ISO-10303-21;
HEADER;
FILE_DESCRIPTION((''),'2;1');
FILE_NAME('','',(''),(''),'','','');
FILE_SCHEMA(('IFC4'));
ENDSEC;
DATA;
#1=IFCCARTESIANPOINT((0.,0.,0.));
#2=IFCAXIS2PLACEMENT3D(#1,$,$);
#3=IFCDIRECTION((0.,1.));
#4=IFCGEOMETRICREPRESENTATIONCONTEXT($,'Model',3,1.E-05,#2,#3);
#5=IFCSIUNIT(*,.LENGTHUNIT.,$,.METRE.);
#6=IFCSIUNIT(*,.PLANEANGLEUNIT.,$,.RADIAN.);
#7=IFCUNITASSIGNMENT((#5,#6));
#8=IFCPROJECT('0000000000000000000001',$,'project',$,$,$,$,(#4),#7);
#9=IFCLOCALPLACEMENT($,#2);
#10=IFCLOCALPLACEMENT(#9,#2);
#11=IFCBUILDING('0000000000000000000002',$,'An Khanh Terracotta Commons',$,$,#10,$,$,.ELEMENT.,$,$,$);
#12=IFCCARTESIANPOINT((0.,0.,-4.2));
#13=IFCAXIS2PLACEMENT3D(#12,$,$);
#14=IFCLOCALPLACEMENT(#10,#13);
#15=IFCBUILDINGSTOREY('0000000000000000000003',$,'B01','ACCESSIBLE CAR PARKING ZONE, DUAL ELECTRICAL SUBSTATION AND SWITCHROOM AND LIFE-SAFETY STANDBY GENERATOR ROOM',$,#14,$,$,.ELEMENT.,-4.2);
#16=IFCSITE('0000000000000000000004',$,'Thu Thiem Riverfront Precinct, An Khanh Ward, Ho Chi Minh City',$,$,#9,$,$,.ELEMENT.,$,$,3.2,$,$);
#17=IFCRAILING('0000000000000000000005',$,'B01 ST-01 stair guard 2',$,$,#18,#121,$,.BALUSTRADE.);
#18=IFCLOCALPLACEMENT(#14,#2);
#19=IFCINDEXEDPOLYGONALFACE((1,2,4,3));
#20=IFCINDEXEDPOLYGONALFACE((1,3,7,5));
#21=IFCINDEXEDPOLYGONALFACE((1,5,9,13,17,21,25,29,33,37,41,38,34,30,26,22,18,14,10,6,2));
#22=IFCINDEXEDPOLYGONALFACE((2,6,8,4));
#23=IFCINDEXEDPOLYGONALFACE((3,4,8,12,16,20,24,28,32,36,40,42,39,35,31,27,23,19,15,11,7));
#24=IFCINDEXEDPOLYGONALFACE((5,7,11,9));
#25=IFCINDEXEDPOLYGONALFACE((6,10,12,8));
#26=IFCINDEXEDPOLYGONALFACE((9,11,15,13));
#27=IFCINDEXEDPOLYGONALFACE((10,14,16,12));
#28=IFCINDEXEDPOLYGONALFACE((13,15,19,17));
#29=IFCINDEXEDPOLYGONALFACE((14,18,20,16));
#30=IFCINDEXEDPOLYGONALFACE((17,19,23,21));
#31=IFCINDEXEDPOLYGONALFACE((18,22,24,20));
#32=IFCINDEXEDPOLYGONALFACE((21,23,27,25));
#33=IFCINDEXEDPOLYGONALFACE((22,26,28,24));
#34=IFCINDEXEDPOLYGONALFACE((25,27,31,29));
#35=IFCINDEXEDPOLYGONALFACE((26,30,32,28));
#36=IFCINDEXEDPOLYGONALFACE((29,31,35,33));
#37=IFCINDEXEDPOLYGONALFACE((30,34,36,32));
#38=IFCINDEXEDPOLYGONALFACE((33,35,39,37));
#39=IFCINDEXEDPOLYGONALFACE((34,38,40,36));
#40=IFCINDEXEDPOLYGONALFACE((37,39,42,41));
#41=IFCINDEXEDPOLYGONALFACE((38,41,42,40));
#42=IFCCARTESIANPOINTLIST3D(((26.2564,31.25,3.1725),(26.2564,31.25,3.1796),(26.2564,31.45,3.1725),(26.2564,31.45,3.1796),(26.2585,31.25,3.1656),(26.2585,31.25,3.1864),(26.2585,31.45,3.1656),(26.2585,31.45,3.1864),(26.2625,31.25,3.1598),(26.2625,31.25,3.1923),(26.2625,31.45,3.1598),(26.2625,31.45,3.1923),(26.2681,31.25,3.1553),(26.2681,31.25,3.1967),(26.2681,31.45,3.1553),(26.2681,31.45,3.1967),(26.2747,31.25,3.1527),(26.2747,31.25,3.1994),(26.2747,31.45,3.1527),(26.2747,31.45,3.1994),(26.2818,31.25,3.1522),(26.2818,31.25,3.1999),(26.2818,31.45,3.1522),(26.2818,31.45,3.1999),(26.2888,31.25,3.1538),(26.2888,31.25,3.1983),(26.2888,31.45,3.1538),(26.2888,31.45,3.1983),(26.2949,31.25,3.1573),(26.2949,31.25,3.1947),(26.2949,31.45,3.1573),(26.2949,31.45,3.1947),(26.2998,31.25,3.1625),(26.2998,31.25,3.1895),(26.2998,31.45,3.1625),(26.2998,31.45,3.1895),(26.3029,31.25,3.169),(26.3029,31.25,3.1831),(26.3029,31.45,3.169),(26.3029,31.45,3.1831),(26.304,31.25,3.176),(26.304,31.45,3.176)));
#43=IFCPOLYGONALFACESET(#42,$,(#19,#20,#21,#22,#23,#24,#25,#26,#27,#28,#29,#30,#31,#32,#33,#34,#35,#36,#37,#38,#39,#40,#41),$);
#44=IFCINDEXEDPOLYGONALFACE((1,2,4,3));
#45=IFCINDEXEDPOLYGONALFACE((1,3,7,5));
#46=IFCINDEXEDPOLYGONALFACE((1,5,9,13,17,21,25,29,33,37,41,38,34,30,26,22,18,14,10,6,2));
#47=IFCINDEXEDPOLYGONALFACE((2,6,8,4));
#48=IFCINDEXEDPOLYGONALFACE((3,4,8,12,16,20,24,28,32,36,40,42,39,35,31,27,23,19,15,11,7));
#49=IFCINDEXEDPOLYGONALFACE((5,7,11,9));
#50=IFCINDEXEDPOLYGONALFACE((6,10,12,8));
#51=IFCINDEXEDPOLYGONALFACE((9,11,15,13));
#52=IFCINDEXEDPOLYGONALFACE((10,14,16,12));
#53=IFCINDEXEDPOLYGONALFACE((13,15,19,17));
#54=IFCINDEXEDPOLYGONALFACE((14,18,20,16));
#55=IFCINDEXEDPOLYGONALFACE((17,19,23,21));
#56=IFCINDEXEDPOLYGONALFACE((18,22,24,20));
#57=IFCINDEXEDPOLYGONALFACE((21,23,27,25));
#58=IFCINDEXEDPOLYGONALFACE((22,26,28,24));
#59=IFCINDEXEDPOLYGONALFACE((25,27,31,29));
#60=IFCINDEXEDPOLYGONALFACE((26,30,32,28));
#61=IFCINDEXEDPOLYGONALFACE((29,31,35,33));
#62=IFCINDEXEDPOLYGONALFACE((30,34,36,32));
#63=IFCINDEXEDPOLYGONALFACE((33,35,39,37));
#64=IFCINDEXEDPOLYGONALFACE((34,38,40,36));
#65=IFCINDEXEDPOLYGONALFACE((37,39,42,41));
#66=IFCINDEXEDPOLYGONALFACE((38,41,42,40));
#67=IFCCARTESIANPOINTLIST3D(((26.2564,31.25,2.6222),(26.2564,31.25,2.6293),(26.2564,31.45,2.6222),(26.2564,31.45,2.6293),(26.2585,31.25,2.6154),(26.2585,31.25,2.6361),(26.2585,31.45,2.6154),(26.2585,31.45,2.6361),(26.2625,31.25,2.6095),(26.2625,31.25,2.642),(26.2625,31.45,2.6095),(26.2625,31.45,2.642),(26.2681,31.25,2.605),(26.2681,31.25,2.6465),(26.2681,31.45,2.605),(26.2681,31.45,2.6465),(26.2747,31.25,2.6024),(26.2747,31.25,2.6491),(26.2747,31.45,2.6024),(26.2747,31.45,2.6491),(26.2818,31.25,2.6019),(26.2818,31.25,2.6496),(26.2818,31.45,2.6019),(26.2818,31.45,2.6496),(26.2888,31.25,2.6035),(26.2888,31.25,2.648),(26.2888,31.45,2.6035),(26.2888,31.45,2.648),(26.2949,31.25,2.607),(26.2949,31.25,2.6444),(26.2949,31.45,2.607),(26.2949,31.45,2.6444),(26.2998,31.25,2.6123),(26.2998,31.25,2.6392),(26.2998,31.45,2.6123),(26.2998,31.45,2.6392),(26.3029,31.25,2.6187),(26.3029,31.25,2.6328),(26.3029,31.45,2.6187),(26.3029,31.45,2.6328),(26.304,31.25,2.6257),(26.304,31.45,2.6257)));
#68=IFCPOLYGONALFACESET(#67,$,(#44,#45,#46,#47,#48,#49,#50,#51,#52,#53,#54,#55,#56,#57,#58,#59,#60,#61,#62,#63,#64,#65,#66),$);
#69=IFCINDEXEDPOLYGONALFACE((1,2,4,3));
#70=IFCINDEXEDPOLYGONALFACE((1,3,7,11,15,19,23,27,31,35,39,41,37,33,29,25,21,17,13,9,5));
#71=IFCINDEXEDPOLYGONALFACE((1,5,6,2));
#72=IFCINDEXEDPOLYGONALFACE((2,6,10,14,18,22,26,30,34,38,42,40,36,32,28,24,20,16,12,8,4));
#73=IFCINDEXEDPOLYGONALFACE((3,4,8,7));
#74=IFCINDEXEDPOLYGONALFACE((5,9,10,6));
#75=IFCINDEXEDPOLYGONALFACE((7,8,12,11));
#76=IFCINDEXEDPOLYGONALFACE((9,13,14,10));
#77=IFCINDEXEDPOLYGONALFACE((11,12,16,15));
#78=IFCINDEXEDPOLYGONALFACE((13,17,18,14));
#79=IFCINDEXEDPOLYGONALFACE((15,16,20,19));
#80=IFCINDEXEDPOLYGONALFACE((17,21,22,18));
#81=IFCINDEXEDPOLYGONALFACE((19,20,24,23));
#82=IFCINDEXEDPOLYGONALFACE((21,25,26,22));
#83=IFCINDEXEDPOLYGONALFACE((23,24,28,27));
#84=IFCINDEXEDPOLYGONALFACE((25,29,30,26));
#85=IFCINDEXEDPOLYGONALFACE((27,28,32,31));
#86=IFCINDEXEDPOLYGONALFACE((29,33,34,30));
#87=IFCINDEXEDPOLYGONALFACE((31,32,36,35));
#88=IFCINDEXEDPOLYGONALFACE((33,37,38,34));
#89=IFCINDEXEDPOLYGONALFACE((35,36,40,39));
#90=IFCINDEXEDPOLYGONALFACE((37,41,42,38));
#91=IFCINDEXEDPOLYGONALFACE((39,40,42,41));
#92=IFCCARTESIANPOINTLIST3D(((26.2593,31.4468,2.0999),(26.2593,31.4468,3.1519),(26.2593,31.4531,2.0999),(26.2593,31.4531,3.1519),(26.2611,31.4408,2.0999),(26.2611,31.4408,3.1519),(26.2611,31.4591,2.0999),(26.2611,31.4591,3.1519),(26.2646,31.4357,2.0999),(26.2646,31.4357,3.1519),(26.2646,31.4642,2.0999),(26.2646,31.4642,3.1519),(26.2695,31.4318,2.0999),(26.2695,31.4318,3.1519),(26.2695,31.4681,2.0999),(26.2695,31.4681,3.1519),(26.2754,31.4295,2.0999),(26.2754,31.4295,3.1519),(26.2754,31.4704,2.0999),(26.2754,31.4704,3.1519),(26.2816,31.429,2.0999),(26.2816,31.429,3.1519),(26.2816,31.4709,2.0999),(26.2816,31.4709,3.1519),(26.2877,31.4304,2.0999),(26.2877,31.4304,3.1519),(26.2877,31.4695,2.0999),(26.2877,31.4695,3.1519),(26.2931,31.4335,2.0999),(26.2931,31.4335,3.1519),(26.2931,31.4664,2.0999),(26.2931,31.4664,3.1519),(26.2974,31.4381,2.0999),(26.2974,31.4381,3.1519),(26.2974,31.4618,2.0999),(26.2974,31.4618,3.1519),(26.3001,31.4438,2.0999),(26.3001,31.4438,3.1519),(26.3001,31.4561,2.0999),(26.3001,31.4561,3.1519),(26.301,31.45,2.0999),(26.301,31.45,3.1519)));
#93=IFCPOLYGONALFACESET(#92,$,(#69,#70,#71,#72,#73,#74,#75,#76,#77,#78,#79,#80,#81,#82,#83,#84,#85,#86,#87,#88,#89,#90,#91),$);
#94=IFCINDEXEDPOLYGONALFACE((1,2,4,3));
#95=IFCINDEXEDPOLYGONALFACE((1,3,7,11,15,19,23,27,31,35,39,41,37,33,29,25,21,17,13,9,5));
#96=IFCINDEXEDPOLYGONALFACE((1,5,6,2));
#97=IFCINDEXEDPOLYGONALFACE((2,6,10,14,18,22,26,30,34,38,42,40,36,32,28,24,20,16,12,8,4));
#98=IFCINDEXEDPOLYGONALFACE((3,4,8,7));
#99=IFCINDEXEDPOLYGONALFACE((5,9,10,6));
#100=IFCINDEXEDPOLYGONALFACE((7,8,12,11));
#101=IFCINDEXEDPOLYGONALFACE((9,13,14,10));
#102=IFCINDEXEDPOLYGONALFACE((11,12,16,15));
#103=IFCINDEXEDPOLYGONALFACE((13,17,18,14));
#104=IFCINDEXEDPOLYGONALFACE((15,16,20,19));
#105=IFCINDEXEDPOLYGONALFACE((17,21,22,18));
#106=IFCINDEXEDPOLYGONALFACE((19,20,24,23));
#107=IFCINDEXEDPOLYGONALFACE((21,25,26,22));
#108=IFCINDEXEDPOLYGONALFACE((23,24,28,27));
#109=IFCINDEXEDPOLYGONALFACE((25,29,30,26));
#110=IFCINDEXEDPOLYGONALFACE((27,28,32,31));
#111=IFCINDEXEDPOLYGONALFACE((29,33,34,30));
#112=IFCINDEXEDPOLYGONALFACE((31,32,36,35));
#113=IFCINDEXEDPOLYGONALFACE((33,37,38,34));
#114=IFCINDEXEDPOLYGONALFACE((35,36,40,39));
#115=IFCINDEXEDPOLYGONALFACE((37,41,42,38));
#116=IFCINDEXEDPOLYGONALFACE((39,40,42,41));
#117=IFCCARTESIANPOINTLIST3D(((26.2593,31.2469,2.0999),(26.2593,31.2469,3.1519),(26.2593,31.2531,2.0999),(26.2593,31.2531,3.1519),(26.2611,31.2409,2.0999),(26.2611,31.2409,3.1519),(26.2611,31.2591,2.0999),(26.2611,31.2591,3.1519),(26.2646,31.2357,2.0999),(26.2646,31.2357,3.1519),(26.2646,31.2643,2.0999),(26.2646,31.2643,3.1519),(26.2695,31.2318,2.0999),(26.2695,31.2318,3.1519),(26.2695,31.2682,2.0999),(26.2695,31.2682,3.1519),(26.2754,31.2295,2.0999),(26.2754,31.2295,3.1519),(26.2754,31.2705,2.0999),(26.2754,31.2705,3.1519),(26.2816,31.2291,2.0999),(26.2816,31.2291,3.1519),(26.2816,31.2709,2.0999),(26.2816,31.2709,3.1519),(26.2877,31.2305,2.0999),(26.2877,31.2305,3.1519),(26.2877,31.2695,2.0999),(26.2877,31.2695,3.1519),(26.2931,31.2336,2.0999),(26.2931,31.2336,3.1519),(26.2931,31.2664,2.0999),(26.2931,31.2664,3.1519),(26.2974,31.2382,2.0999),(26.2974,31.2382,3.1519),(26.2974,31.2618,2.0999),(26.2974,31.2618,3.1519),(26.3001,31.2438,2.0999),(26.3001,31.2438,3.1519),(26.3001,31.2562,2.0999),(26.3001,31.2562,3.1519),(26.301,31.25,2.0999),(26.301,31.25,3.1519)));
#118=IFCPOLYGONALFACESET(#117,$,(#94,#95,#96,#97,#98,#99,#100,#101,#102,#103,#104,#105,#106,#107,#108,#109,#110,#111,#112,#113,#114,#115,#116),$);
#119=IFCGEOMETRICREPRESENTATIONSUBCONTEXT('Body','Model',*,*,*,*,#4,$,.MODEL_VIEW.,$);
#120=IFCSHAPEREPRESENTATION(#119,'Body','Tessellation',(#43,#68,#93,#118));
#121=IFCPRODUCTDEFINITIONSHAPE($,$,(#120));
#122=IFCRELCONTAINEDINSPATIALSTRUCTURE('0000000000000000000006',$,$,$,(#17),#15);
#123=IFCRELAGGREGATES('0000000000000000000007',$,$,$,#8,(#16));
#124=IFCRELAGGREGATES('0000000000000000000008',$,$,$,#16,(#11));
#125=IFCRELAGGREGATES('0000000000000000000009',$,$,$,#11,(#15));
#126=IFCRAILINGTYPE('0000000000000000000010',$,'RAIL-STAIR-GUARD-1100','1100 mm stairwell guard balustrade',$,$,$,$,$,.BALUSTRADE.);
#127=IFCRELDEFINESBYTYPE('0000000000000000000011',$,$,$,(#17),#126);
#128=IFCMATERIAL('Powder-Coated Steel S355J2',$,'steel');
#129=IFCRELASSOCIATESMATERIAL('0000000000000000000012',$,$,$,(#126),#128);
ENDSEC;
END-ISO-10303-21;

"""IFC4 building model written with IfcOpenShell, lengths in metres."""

from ifc_helpers import new_model, si_unit, direction, frame, origin, origin_2d, place, context, subcontext, project, spatial, circle, extrude, material, type_object, element, save


model = new_model("IFC4")

# Units and contexts
model_context = context("Model", 3, precision=1e-05, world=origin(), true_north=direction((0.0, 1.0)))
body_context = subcontext(model_context, "Body", "Model", "MODEL_VIEW")
ifc_project = project(units=[si_unit("LENGTHUNIT", "METRE"), si_unit("PLANEANGLEUNIT", "RADIAN")], contexts=[model_context])

# Site, building, storey
site_placement = place(None, origin())
site = spatial("IfcSite", under=ifc_project, at=site_placement, Name="Thu Thiem Riverfront Precinct, An Khanh Ward, Ho Chi Minh City", CompositionType="ELEMENT", RefElevation=3.2)
building_placement = place(site_placement, origin())
building = spatial("IfcBuilding", under=site, at=building_placement, Name="An Khanh Terracotta Commons", CompositionType="ELEMENT")
storey_placement = place(building_placement, frame((0.0, 0.0, -4.2)))
storey = spatial("IfcBuildingStorey", under=building, at=storey_placement, Name="B01", Description="ACCESSIBLE CAR PARKING ZONE, DUAL ELECTRICAL SUBSTATION AND SWITCHROOM AND LIFE-SAFETY STANDBY GENERATOR ROOM", CompositionType="ELEMENT", Elevation=-4.2)

# Railing
ifc_material_1 = material(Name="Powder-Coated Steel S355J2", Category="steel")
railing_type_1 = type_object("IfcRailingType", Name="RAIL-STAIR-GUARD-1100", Description="1100 mm stairwell guard balustrade", PredefinedType="BALUSTRADE", material=ifc_material_1)
railing_1_placement = place(storey_placement, frame((26.28, 31.45, 2.0999)))
element("IfcRailing", 1, at=railing_1_placement, inside=storey, type_object=railing_type_1, Name="B01 ST-01 stair guard 2", PredefinedType="BALUSTRADE", context=body_context, shape_type="SweptSolid", body=[
    extrude(circle(Radius=0.0239, at=origin_2d()), frame((0.0, 0.0, 1.0762), z_axis=(0.0, -1.0, 0.0), x_axis=(1.0, 0.0, 0.0)), (0.0, 0.0, 1.0), 0.2),
    extrude(circle(Radius=0.0239, at=origin_2d()), frame((0.0, 0.0, 0.5259), z_axis=(0.0, -1.0, 0.0), x_axis=(1.0, 0.0, 0.0)), (0.0, 0.0, 1.0), 0.2),
    extrude(circle(Radius=0.021, at=origin_2d()), origin(), (0.0, 0.0, 1.0), 1.052),
    extrude(circle(Radius=0.021, at=origin_2d()), frame((0.0, -0.2, 0.0)), (0.0, 0.0, 1.0), 1.052),
])

save(model, "model.ifc")
